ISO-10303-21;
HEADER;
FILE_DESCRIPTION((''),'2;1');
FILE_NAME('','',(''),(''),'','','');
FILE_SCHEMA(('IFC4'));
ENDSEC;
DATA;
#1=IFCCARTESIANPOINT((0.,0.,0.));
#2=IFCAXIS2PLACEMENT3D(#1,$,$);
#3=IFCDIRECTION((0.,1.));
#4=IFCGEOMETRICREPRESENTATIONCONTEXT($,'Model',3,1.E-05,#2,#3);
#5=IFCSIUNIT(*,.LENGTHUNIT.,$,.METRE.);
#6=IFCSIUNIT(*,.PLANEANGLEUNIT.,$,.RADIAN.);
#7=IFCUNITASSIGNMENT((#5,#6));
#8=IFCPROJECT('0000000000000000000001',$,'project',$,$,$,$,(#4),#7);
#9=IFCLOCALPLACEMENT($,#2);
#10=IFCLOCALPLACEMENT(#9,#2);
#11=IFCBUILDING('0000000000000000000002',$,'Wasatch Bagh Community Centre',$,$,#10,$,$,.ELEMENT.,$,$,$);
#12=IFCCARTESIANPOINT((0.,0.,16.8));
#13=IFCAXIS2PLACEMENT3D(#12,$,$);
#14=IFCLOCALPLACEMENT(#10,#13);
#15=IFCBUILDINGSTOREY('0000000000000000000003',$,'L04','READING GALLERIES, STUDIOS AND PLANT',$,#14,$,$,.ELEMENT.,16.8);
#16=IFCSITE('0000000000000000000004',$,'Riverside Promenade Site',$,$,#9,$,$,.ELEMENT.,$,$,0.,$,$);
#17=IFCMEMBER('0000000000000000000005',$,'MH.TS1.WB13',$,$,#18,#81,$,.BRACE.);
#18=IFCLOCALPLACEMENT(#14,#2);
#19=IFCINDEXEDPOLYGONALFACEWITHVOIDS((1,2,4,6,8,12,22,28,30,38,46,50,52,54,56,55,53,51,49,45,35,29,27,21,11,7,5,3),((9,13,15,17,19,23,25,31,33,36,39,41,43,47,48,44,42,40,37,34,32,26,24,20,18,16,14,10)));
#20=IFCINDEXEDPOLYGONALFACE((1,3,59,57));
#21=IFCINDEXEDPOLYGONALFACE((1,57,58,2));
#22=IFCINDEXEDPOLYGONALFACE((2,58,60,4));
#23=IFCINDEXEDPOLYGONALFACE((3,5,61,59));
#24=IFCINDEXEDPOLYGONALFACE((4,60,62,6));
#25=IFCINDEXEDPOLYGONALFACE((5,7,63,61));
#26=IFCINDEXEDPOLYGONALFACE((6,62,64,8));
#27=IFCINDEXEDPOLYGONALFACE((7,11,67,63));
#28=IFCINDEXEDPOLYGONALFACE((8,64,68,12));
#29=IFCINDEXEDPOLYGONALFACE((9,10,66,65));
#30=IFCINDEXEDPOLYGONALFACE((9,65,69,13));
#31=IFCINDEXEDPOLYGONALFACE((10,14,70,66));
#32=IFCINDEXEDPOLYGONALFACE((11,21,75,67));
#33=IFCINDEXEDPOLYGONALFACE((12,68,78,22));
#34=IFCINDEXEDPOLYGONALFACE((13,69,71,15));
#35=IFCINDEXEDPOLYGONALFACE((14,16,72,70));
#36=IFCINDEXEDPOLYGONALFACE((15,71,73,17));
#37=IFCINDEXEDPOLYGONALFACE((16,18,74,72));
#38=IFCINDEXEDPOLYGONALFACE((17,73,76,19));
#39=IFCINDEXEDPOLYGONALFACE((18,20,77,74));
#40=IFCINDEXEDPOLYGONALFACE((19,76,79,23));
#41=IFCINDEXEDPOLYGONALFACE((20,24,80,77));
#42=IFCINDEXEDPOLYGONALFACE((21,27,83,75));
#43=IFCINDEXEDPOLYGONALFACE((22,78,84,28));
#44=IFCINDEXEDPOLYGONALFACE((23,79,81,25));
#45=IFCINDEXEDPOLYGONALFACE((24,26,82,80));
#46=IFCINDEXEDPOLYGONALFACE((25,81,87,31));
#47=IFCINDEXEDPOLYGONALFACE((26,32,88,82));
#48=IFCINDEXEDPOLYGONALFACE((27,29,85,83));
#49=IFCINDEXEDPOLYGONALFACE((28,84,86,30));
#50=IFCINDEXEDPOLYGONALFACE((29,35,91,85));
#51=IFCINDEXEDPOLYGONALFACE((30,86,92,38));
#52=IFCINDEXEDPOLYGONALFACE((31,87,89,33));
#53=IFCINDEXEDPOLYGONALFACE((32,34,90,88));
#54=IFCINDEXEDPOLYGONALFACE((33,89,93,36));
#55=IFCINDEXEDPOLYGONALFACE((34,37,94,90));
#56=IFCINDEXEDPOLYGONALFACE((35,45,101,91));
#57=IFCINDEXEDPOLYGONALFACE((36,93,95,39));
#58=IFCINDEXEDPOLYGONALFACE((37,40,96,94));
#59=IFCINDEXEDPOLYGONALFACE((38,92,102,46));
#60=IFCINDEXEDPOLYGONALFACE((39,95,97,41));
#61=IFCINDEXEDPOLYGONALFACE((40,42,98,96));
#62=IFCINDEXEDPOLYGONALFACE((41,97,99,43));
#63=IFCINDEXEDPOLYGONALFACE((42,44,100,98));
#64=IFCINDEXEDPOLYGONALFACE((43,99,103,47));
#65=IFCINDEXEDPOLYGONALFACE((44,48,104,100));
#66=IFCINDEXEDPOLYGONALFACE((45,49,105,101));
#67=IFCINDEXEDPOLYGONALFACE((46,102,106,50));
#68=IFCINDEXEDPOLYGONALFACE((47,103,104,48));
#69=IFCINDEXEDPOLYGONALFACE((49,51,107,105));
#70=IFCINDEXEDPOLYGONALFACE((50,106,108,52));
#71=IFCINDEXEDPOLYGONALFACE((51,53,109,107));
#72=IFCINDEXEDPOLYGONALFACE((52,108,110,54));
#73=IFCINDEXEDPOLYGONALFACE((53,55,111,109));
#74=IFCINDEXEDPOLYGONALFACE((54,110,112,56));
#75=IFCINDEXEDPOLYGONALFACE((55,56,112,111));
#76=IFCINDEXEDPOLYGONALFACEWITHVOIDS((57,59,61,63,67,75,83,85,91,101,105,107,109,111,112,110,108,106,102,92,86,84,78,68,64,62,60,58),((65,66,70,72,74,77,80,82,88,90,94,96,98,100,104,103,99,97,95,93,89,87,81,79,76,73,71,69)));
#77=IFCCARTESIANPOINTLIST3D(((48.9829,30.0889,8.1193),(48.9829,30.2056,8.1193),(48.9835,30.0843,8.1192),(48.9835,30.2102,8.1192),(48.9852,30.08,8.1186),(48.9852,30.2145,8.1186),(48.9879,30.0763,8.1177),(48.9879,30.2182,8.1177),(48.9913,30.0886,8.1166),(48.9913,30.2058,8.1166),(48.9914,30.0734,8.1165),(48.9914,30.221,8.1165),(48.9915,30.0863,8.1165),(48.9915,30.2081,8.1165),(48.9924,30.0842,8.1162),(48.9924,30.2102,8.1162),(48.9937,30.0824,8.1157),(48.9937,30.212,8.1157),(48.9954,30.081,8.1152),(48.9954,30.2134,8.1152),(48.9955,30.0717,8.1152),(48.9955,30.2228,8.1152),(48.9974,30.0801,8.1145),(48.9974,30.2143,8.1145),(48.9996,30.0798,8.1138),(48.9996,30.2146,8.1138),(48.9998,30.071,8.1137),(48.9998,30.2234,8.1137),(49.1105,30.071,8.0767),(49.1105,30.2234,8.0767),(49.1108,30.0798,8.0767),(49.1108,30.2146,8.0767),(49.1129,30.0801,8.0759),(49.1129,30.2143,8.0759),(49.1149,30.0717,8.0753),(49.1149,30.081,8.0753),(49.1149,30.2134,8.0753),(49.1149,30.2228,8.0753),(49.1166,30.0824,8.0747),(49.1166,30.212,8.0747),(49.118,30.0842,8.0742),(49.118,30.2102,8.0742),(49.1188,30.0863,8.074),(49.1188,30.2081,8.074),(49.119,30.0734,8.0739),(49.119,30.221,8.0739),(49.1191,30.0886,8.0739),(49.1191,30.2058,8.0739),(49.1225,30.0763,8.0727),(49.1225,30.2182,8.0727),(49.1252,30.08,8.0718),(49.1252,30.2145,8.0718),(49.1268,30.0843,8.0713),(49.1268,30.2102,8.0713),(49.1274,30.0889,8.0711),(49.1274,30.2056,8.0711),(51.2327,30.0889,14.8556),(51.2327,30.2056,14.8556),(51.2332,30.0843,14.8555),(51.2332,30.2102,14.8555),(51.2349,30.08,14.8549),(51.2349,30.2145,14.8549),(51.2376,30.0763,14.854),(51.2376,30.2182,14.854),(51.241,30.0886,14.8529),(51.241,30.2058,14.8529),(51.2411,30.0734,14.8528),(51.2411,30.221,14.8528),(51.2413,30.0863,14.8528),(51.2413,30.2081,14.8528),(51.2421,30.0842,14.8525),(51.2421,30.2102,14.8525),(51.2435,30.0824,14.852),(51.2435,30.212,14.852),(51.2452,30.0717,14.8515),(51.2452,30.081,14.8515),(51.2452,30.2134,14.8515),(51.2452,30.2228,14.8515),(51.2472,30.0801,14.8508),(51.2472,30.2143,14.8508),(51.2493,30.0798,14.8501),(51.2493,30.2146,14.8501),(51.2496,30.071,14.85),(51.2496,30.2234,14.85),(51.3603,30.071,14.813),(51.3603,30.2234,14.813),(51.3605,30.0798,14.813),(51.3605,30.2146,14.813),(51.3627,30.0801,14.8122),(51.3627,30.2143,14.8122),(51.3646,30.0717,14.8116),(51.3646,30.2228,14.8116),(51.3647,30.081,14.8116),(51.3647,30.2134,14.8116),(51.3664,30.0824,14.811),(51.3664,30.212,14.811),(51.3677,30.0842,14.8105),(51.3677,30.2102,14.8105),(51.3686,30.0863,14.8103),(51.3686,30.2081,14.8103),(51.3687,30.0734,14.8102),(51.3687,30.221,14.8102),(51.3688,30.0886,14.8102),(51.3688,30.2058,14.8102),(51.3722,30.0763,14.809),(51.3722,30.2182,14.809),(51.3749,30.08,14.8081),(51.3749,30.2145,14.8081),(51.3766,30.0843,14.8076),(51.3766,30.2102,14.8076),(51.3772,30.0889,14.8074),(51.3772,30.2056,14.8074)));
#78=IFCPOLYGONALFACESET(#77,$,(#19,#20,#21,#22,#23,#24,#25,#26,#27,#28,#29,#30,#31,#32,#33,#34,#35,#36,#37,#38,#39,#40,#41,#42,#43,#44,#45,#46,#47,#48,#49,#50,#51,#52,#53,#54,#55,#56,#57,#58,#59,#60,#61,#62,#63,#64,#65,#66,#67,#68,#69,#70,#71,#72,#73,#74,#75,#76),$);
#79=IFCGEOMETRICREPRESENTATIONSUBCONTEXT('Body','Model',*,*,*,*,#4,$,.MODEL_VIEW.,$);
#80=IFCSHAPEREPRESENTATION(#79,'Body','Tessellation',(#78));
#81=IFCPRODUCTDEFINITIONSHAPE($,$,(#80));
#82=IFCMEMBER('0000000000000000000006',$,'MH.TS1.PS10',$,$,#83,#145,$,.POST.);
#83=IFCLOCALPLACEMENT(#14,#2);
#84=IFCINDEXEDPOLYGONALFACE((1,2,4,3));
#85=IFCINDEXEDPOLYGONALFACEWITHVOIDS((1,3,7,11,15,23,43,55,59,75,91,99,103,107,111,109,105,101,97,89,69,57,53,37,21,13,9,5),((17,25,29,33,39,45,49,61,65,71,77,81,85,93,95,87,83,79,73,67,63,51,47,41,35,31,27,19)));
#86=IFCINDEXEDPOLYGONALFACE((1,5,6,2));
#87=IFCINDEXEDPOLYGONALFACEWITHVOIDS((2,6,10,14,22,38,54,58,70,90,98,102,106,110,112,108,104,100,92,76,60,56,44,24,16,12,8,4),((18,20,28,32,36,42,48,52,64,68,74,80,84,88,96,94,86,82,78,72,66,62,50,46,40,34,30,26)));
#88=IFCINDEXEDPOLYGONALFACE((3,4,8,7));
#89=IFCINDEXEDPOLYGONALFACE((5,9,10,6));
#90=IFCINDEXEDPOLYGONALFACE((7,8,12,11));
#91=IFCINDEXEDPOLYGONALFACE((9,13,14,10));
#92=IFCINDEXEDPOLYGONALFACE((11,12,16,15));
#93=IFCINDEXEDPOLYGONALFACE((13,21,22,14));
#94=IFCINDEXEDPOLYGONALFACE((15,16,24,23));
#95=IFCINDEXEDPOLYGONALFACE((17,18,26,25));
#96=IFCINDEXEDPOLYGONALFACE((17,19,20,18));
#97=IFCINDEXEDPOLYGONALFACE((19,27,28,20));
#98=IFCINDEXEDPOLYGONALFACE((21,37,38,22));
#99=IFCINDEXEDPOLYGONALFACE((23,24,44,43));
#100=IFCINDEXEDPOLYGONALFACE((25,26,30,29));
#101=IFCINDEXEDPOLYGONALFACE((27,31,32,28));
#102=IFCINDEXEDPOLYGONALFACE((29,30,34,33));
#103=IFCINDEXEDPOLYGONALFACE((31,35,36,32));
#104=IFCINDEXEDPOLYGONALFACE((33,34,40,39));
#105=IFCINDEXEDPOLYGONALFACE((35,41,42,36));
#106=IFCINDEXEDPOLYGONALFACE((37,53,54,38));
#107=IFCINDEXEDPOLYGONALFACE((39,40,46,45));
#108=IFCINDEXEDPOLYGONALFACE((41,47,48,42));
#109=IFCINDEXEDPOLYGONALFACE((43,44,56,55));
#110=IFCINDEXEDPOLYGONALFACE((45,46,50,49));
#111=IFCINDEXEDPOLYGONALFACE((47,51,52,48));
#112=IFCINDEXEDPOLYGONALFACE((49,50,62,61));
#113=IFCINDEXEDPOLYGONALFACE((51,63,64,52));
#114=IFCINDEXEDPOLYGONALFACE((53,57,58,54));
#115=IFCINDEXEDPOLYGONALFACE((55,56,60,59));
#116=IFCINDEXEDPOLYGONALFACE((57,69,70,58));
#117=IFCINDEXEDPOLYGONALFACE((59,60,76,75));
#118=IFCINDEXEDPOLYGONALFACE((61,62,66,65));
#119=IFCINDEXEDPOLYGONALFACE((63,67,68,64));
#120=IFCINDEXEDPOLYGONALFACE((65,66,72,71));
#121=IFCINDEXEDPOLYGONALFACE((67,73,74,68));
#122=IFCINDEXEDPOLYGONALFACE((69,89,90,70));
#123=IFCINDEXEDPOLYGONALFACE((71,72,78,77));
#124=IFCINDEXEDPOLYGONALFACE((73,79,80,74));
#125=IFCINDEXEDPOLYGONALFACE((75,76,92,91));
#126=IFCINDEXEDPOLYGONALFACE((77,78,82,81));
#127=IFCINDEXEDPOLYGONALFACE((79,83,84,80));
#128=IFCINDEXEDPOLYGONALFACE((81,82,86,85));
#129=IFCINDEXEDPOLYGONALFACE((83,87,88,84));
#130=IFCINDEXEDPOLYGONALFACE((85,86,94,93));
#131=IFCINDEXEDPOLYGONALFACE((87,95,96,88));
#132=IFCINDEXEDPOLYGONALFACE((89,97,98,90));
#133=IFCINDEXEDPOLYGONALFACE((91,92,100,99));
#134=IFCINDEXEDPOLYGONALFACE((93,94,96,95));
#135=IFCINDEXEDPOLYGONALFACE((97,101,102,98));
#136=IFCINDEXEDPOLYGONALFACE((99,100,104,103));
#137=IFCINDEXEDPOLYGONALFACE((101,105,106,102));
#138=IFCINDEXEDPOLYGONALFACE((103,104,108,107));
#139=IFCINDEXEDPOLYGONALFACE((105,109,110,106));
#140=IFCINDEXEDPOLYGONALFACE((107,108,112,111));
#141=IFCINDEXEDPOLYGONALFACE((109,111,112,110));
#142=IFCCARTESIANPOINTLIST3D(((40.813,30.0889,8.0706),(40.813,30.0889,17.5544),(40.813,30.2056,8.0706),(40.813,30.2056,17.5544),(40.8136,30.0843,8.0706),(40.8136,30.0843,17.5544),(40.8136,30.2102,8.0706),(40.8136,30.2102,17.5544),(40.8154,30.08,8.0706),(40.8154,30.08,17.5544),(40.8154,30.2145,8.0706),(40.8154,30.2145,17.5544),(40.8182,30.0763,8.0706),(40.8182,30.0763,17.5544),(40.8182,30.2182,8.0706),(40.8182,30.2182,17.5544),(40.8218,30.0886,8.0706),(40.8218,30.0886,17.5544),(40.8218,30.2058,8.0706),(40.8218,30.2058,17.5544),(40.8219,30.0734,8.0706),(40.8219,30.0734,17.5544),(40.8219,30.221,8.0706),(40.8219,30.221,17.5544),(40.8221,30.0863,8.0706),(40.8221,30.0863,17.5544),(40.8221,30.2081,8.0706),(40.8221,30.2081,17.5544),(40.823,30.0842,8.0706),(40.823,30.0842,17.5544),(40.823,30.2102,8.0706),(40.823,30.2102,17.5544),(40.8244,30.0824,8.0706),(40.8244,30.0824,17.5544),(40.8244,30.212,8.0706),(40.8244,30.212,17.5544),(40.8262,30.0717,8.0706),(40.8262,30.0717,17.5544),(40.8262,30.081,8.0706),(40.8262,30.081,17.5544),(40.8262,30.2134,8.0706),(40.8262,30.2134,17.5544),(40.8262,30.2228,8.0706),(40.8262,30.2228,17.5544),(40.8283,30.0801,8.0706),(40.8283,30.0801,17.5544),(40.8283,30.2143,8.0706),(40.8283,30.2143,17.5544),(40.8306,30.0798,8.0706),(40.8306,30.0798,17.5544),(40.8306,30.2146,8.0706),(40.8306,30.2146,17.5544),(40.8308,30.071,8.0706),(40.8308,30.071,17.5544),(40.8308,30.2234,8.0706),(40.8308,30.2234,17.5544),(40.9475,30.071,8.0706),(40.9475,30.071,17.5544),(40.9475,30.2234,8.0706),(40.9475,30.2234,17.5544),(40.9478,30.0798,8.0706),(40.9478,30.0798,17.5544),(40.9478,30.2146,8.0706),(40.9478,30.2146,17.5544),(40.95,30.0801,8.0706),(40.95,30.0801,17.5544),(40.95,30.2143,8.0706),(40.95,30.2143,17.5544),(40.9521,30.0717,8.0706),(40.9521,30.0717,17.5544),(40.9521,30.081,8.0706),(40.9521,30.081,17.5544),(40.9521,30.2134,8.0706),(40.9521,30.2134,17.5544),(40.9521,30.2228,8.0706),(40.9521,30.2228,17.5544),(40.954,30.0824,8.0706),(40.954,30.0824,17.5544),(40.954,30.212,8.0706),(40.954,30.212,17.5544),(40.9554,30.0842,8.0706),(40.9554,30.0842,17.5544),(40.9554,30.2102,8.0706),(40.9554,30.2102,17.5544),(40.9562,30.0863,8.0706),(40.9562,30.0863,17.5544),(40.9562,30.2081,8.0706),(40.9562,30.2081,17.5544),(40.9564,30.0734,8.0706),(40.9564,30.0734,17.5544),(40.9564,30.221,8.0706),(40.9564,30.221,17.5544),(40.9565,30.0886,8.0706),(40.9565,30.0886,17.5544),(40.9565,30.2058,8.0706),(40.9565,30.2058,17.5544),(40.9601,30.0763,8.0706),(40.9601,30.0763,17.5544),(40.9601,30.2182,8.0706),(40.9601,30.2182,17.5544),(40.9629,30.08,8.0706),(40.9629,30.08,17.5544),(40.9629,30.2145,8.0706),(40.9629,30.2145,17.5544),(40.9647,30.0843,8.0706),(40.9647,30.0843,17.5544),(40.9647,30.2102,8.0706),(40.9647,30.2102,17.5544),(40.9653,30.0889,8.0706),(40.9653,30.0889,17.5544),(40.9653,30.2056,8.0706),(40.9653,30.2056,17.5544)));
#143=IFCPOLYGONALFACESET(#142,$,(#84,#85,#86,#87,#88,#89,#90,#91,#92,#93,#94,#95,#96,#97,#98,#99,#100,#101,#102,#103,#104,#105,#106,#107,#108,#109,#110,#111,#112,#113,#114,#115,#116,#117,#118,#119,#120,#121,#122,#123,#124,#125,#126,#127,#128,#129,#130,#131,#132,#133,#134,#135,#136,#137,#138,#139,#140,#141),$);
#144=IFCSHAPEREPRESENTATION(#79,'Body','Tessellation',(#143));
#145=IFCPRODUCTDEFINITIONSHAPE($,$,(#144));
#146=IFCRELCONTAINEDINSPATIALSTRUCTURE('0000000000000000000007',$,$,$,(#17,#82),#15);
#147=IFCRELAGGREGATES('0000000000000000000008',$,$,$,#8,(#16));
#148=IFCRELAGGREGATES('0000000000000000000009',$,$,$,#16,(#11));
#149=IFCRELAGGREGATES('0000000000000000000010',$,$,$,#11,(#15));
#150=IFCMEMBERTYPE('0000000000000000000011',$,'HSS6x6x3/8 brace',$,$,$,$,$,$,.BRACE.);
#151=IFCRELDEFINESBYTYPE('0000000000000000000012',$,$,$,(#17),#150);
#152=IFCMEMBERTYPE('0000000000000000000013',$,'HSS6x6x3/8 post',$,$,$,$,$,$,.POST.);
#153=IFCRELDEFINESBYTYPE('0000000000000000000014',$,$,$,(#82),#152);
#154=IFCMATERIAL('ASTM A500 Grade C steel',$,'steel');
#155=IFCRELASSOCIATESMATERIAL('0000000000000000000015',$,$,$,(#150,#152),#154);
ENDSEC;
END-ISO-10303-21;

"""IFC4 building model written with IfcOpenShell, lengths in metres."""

from ifc_helpers import new_model, si_unit, direction, frame, origin, origin_2d, place, context, subcontext, project, spatial, hollow_rectangle, extrude, material, material_profile, profile_set, type_object, element, save


model = new_model("IFC4")

# Units and contexts
model_context = context("Model", 3, precision=1e-05, world=origin(), true_north=direction((0.0, 1.0)))
body_context = subcontext(model_context, "Body", "Model", "MODEL_VIEW")
ifc_project = project(units=[si_unit("LENGTHUNIT", "METRE"), si_unit("PLANEANGLEUNIT", "RADIAN")], contexts=[model_context])

# Site, building, storey
site_placement = place(None, origin())
site = spatial("IfcSite", under=ifc_project, at=site_placement, Name="Riverside Promenade Site", CompositionType="ELEMENT", RefElevation=0.0)
building_placement = place(site_placement, origin())
building = spatial("IfcBuilding", under=site, at=building_placement, Name="Wasatch Bagh Community Centre", CompositionType="ELEMENT")
storey_placement = place(building_placement, frame((0.0, 0.0, 16.8)))
storey = spatial("IfcBuildingStorey", under=building, at=storey_placement, Name="L04", Description="READING GALLERIES, STUDIOS AND PLANT", CompositionType="ELEMENT", Elevation=16.8)

# Members
ifc_material_1 = material(Name="ASTM A500 Grade C steel", Category="steel")
ifc_material_profile_1 = material_profile(ifc_material_1, hollow_rectangle(XDim=0.1523, YDim=0.1523, WallThickness=0.0088, InnerFilletRadius=0.0088, OuterFilletRadius=0.0178, at=origin_2d()), Name="HSS6x6x3/8")
ifc_profile_set_1 = profile_set([ifc_material_profile_1], Name="ASTM A500 Grade C steel")
member_type_1 = type_object("IfcMemberType", Name="HSS6x6x3/8 brace", PredefinedType="BRACE", material=ifc_profile_set_1)
member_1_placement = place(storey_placement, frame((49.0552, 30.1472, 8.0952), z_axis=(0.316774, 0.0, 0.948501), x_axis=(0.0, 1.0, 0.0)))
element("IfcMember", 1, at=member_1_placement, inside=storey, type_object=member_type_1, Name="MH.TS1.WB13", PredefinedType="BRACE", context=body_context, shape_type="SweptSolid", body=[
    extrude(hollow_rectangle(XDim=0.1523, YDim=0.1523, WallThickness=0.0088, InnerFilletRadius=0.0088, OuterFilletRadius=0.0178, at=origin_2d()), origin(), (0.0, 0.0, 1.0), 7.1021),
])
ifc_material_profile_2 = material_profile(ifc_material_1, hollow_rectangle(XDim=0.1523, YDim=0.1523, WallThickness=0.0088, InnerFilletRadius=0.0088, OuterFilletRadius=0.0178, at=origin_2d()), Name="HSS6x6x3/8")
ifc_profile_set_2 = profile_set([ifc_material_profile_2], Name="ASTM A500 Grade C steel")
member_type_2 = type_object("IfcMemberType", Name="HSS6x6x3/8 post", PredefinedType="POST", material=ifc_profile_set_2)
member_2_placement = place(storey_placement, frame((40.8892, 30.1472, 8.0706), z_axis=(0.0, 0.0, 1.0), x_axis=(1.0, 0.0, 0.0)))
element("IfcMember", 2, at=member_2_placement, inside=storey, type_object=member_type_2, Name="MH.TS1.PS10", PredefinedType="POST", context=body_context, shape_type="SweptSolid", body=[
    extrude(hollow_rectangle(XDim=0.1523, YDim=0.1523, WallThickness=0.0088, InnerFilletRadius=0.0088, OuterFilletRadius=0.0178, at=origin_2d()), origin(), (0.0, 0.0, 1.0), 9.4839),
])

save(model, "model.ifc")
